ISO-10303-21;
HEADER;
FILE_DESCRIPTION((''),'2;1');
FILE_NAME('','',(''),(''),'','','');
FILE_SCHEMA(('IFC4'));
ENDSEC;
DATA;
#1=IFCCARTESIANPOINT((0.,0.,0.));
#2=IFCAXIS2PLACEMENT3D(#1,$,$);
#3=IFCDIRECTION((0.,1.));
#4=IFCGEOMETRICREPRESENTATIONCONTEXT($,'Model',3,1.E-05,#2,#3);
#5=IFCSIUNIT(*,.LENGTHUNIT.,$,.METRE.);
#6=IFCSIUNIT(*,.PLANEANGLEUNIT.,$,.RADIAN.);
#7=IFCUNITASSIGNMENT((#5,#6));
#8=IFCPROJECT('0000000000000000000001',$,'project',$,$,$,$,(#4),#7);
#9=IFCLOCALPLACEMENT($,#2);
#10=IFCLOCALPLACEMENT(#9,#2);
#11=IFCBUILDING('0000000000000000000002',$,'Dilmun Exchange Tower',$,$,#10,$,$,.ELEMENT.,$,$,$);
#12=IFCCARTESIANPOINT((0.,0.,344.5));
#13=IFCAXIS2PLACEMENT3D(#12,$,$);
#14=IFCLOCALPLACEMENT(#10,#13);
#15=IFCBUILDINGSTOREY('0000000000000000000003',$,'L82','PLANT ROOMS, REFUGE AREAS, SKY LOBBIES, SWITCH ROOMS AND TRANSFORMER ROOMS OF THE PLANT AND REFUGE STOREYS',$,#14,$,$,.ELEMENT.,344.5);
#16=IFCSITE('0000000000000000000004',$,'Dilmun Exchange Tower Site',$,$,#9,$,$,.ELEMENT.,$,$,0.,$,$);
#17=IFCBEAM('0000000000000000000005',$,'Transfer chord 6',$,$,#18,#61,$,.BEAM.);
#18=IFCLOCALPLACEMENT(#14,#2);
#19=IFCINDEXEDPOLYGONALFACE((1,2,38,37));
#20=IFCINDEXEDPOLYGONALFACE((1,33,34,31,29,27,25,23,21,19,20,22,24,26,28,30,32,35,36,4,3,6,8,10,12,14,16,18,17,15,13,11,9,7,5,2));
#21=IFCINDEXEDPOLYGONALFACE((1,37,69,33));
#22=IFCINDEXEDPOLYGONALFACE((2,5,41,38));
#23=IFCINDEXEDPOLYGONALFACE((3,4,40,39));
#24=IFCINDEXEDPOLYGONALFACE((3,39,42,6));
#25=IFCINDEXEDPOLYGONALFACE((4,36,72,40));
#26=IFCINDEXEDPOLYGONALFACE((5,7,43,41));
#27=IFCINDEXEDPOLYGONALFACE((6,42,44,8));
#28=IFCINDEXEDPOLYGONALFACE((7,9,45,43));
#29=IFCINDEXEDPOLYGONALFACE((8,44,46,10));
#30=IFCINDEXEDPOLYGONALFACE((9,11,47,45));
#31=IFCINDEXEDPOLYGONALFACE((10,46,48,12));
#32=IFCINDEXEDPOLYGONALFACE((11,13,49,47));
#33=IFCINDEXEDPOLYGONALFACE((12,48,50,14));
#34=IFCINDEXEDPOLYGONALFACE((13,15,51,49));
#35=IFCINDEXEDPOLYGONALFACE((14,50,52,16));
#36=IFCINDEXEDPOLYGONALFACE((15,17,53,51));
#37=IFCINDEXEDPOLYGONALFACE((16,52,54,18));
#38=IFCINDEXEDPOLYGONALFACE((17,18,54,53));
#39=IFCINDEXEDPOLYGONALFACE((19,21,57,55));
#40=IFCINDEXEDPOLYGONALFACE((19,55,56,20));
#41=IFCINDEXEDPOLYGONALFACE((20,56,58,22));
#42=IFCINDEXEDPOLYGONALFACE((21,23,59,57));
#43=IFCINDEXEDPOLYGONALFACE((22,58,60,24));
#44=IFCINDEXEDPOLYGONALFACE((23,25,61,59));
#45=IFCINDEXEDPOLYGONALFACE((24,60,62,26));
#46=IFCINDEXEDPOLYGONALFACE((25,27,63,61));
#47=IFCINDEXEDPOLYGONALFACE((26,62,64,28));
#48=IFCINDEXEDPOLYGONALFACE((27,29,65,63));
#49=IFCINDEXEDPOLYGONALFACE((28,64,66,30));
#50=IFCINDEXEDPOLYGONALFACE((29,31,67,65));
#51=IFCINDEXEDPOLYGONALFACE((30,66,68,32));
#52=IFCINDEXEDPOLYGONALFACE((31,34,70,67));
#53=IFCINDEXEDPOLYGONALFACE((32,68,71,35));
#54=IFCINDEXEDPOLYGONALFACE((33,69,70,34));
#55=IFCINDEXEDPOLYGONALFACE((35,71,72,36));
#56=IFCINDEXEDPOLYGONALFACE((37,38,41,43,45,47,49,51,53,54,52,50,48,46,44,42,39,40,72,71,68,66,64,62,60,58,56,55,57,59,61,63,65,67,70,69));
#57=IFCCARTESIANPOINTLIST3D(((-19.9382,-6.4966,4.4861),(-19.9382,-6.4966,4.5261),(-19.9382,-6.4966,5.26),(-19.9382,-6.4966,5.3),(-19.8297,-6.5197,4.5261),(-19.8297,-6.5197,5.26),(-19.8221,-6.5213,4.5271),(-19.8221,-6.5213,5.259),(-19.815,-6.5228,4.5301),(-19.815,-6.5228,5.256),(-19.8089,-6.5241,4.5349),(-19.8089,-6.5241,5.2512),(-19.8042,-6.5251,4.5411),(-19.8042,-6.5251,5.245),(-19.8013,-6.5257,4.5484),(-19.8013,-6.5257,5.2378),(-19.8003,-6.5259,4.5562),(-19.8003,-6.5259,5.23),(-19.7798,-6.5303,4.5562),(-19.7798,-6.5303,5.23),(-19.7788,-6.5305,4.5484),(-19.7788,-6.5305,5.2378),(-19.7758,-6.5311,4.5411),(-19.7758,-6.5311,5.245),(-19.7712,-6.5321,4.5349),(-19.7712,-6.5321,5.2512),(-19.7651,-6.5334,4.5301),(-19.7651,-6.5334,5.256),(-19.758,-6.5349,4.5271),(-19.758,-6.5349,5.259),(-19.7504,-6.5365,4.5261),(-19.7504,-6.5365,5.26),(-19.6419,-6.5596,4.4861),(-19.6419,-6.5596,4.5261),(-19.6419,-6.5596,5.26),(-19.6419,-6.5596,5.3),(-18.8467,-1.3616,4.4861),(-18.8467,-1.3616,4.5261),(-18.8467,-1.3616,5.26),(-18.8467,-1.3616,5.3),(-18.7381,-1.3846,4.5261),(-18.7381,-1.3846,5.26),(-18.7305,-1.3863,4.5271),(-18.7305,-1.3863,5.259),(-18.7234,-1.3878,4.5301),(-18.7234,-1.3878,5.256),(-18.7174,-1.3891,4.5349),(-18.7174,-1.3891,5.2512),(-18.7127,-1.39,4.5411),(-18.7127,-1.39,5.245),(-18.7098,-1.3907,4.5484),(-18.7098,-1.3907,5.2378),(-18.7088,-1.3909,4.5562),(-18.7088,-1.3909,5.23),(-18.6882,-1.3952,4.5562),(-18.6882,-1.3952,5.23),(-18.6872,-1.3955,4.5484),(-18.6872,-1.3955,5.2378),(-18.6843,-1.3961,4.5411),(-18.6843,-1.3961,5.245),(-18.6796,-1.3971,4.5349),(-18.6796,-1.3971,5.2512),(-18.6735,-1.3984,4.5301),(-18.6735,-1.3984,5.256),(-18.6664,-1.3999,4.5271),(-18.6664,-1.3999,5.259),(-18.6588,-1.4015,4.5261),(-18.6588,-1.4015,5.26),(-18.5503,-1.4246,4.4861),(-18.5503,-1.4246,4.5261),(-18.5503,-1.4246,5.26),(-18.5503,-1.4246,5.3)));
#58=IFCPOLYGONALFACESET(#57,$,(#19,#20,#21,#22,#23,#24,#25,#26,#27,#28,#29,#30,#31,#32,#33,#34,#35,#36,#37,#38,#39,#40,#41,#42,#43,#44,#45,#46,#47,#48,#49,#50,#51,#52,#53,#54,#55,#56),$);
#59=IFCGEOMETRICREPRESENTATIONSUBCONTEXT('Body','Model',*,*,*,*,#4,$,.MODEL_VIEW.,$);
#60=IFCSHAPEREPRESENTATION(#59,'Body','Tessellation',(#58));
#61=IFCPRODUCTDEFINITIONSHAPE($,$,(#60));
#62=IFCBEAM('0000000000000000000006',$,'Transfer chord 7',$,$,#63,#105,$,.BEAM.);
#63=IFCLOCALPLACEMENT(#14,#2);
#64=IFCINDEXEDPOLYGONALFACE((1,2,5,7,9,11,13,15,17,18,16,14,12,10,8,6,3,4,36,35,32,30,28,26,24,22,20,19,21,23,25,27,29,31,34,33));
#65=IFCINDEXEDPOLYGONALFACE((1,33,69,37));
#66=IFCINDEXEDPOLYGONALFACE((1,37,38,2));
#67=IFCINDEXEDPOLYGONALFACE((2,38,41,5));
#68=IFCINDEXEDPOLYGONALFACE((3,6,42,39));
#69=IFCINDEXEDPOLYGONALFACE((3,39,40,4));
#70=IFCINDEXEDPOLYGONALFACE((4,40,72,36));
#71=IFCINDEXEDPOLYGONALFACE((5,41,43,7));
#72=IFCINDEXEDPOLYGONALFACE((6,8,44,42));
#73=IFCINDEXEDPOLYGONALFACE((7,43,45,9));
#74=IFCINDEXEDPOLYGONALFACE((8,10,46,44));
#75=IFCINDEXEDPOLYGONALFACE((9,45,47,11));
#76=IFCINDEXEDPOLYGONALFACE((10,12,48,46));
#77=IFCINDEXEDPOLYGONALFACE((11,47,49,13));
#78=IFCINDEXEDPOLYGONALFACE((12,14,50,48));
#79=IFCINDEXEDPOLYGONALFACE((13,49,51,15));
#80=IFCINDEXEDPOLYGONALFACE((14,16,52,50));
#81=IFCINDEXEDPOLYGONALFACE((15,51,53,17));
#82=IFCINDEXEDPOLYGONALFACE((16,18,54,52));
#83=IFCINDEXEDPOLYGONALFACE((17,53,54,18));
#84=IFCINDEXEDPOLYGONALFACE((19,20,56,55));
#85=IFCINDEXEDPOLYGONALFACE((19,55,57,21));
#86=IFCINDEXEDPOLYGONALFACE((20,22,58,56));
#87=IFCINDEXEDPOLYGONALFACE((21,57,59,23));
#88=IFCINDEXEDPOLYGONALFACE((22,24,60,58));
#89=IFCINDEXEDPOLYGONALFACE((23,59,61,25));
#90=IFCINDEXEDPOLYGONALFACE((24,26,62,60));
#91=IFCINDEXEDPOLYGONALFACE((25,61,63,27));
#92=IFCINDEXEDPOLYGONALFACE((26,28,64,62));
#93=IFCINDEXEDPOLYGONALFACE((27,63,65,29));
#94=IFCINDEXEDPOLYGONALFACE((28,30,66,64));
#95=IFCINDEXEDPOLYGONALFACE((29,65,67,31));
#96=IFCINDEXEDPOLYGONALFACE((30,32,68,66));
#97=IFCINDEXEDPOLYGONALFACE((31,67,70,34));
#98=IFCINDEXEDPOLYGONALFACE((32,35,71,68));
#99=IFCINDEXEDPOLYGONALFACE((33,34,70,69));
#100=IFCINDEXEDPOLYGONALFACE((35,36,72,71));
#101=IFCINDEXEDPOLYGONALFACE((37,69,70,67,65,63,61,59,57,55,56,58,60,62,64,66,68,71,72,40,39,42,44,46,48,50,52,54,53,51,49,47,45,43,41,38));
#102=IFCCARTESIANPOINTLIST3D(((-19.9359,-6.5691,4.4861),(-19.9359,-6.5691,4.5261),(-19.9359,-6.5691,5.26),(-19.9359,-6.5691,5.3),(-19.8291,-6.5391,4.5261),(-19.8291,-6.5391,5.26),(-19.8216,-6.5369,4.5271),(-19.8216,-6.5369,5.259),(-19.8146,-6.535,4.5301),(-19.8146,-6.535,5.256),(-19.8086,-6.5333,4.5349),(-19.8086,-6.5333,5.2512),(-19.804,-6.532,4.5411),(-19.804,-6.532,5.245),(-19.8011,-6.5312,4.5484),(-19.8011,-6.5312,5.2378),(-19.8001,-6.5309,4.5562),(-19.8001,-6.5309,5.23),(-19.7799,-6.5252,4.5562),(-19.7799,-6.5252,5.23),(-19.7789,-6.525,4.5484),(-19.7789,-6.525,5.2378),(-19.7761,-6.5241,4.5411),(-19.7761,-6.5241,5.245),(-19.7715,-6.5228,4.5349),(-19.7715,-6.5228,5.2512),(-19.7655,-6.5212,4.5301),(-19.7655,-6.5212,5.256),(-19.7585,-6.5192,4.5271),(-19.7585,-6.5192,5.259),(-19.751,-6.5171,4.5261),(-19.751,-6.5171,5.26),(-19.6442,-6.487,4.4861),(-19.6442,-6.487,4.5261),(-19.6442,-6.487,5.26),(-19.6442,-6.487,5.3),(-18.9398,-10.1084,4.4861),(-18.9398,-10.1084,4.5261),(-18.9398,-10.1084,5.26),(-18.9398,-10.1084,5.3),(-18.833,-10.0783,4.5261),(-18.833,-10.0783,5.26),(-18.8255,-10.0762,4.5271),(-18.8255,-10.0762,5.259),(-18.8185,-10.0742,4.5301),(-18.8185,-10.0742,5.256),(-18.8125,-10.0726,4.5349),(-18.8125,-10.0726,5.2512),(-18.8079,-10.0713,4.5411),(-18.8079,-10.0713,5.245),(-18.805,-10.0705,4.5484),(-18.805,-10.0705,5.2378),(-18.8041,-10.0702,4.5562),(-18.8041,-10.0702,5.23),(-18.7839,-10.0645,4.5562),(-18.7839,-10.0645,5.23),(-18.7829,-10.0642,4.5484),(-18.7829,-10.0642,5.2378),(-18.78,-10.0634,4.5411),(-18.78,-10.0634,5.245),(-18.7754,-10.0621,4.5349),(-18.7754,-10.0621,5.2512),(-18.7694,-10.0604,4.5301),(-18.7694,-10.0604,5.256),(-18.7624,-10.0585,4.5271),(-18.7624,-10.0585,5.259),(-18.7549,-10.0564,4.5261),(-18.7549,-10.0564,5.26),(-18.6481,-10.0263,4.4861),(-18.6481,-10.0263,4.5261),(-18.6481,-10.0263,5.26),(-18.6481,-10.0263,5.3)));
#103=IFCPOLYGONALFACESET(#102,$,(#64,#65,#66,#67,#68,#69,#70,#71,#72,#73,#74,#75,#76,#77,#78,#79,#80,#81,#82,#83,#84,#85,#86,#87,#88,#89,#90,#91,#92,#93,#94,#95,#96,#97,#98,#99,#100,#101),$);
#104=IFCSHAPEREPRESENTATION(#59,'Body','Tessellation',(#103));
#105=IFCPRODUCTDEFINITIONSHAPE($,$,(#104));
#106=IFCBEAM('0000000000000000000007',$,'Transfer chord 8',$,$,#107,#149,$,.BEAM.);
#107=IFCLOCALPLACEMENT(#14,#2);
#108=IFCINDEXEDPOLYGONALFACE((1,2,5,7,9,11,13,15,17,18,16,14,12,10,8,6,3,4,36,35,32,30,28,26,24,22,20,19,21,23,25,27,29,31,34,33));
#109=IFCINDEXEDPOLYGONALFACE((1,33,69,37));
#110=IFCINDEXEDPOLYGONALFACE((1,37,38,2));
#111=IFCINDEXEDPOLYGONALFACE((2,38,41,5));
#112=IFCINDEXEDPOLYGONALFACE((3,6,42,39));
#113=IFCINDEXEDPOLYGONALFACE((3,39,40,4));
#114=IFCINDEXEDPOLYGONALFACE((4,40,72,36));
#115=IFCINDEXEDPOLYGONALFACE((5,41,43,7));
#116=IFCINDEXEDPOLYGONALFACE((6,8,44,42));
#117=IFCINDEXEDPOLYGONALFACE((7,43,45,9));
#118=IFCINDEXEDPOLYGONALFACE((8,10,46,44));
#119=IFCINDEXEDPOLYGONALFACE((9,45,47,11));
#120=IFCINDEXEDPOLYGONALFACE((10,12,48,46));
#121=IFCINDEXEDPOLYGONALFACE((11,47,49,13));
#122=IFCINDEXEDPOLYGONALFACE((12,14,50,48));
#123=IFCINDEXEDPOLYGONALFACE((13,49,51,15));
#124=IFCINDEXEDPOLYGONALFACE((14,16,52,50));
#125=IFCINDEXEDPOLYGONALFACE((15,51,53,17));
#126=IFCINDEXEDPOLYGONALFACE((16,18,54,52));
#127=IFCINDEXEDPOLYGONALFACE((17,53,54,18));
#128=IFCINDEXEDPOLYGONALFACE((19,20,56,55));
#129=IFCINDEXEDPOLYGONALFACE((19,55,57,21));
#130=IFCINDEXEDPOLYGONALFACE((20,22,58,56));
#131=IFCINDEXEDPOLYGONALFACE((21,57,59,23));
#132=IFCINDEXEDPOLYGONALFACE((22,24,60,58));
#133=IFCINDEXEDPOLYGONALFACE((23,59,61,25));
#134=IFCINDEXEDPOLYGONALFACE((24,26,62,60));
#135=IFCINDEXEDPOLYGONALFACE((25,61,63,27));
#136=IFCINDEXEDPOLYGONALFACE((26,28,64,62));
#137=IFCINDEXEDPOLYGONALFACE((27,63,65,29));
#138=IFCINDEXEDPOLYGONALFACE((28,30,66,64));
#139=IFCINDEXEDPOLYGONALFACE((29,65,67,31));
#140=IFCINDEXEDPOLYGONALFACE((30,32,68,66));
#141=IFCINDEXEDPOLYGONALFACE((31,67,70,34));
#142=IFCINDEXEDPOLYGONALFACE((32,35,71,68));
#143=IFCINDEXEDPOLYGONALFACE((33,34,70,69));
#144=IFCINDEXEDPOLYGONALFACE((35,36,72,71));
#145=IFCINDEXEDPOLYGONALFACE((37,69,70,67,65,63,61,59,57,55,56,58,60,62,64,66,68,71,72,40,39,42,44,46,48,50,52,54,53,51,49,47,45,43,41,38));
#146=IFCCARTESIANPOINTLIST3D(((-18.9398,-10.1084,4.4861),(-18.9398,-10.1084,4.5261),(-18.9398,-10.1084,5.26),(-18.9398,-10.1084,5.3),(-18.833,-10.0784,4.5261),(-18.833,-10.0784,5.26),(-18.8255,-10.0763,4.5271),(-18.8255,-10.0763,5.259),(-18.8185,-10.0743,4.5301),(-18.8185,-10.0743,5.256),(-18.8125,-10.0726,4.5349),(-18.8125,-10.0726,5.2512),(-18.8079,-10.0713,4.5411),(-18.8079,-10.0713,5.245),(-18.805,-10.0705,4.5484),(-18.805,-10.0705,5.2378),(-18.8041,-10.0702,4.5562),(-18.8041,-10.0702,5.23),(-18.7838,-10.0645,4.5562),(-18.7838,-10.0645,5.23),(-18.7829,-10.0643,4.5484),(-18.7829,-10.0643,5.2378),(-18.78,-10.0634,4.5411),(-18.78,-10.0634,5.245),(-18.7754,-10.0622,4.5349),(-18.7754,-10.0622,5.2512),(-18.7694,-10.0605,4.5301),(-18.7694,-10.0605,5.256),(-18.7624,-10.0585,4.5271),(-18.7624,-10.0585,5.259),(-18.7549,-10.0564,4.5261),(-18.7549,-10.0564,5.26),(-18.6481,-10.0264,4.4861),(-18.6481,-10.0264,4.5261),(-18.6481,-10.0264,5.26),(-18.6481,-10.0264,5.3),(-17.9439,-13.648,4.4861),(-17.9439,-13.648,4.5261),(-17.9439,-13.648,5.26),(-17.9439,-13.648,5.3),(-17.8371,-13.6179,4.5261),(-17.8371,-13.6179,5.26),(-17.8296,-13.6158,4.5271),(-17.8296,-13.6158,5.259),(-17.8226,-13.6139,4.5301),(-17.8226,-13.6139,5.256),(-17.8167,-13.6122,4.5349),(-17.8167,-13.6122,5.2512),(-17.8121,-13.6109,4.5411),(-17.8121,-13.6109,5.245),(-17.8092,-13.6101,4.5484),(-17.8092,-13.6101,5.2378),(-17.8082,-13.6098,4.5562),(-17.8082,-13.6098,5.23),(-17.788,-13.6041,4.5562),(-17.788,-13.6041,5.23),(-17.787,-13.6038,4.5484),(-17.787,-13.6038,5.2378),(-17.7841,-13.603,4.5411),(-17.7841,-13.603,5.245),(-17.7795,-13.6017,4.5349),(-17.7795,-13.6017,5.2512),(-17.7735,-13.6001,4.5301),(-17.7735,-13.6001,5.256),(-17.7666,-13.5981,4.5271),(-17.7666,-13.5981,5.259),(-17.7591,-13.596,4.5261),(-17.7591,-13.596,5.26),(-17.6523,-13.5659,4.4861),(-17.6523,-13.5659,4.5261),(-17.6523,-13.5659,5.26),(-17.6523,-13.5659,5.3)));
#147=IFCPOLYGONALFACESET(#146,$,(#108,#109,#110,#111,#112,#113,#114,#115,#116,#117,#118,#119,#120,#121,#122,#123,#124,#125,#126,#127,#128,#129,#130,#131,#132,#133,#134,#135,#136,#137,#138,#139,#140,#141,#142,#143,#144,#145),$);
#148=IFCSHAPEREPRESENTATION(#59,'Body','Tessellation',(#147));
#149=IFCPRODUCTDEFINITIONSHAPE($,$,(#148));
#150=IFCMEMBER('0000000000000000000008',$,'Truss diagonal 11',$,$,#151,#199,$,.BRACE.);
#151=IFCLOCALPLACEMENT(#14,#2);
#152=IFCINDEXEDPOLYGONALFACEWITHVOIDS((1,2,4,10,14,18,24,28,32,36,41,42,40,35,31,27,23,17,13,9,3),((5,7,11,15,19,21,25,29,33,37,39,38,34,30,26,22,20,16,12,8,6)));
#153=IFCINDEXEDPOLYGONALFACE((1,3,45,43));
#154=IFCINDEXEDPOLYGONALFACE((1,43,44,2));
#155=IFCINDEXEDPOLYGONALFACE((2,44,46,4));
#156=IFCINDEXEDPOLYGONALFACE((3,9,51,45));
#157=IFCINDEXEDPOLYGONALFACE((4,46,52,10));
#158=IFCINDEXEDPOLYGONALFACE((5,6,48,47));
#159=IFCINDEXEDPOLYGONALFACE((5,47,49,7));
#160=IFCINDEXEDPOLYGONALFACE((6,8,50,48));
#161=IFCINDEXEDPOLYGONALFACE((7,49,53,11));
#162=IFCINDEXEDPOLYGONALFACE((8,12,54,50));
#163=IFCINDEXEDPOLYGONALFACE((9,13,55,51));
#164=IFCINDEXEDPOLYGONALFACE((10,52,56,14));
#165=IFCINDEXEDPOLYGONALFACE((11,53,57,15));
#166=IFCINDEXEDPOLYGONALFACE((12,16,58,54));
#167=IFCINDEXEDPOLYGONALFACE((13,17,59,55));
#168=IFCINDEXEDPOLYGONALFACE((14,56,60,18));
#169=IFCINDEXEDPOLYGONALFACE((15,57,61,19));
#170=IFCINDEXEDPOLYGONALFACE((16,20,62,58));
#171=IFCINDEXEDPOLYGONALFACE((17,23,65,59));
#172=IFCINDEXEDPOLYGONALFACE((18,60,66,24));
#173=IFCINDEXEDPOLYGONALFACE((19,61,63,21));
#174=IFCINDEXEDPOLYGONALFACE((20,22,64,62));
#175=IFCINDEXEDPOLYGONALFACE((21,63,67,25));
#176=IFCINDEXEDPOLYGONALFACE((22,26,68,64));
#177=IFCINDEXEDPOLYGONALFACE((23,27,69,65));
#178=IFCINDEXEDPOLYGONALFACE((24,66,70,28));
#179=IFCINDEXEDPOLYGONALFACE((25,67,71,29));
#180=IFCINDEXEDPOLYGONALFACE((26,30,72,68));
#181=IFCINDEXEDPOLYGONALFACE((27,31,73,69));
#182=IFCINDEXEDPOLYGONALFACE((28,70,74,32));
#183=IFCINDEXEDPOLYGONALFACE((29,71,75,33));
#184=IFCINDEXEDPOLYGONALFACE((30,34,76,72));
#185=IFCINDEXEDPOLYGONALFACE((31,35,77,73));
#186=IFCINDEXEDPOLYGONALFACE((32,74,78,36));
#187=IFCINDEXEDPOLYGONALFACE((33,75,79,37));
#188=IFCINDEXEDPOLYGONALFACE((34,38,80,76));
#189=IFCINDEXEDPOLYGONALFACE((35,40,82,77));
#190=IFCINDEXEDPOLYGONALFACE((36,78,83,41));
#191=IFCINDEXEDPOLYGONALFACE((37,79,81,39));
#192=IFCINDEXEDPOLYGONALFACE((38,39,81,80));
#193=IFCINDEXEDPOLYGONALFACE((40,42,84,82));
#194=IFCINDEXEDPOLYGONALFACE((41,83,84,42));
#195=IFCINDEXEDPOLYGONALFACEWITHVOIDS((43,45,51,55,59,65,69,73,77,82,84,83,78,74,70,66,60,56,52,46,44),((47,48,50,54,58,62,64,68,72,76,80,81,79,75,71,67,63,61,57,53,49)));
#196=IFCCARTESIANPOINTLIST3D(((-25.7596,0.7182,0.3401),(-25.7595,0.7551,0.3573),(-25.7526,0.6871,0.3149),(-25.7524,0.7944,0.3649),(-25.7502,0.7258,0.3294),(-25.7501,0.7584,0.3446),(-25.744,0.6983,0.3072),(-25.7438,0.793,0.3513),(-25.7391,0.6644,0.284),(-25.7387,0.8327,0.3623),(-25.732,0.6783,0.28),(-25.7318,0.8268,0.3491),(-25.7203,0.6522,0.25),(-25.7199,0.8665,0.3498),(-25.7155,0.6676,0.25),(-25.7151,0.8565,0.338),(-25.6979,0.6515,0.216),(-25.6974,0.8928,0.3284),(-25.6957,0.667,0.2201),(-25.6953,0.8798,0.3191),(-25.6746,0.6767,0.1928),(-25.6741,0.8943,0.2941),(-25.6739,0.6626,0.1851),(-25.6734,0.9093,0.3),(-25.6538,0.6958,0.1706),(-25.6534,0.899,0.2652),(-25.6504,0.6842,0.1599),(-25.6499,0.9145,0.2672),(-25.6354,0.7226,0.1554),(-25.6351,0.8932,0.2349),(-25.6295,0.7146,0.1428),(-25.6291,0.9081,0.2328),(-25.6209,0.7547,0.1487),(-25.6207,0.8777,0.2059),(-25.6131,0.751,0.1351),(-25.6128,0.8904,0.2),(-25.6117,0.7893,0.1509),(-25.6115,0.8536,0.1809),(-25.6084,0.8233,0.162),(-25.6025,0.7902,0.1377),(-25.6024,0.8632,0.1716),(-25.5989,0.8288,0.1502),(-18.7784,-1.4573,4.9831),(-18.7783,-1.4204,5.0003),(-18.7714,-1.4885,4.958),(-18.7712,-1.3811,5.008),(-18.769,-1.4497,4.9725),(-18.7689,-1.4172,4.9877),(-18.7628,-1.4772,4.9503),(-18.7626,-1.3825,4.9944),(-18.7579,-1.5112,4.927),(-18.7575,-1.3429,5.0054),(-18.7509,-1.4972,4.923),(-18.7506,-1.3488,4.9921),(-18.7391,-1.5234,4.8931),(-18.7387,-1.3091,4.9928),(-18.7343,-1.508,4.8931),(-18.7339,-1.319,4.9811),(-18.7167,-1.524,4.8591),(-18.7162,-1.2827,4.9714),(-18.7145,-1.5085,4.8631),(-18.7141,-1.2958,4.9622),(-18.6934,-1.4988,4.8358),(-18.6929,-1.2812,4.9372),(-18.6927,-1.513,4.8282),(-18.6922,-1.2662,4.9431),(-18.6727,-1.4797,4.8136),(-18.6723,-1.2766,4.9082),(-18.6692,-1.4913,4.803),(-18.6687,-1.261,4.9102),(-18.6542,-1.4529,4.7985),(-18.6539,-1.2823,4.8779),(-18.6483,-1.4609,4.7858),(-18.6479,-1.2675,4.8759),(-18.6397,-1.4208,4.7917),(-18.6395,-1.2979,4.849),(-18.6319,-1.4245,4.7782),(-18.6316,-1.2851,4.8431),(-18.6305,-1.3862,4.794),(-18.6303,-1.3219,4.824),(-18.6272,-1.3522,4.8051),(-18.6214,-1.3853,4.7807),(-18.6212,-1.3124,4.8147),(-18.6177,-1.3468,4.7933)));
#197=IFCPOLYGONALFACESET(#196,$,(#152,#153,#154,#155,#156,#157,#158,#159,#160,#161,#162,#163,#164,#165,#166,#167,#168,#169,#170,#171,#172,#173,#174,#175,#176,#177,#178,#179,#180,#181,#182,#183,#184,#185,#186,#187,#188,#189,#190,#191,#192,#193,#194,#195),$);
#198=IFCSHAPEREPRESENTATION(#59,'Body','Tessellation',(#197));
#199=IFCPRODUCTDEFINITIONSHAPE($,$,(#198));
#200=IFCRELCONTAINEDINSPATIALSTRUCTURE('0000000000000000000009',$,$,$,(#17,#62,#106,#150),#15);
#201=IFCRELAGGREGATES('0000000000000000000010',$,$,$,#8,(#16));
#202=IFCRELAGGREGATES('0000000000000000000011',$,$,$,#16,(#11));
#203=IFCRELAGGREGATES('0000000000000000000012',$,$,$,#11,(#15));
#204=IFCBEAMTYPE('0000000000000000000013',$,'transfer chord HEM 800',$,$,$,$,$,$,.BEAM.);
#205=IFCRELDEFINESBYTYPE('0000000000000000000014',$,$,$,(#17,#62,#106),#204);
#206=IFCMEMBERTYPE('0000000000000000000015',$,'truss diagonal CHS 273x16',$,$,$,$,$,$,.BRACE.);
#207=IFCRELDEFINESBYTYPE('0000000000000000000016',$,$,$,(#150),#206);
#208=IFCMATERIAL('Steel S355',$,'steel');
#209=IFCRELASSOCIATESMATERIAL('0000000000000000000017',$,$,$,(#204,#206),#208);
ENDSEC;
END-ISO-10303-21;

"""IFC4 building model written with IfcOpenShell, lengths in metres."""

from ifc_helpers import new_model, si_unit, direction, frame, origin, origin_2d, place, context, subcontext, project, spatial, hollow_circle, i_section, extrude, material, material_profile, profile_set, type_object, element, save


model = new_model("IFC4")

# Units and contexts
model_context = context("Model", 3, precision=1e-05, world=origin(), true_north=direction((0.0, 1.0)))
body_context = subcontext(model_context, "Body", "Model", "MODEL_VIEW")
ifc_project = project(units=[si_unit("LENGTHUNIT", "METRE"), si_unit("PLANEANGLEUNIT", "RADIAN")], contexts=[model_context])

# Site, building, storey
site_placement = place(None, origin())
site = spatial("IfcSite", under=ifc_project, at=site_placement, Name="Dilmun Exchange Tower Site", CompositionType="ELEMENT", RefElevation=0.0)
building_placement = place(site_placement, origin())
building = spatial("IfcBuilding", under=site, at=building_placement, Name="Dilmun Exchange Tower", CompositionType="ELEMENT")
storey_placement = place(building_placement, frame((0.0, 0.0, 344.5)))
storey = spatial("IfcBuildingStorey", under=building, at=storey_placement, Name="L82", Description="PLANT ROOMS, REFUGE AREAS, SKY LOBBIES, SWITCH ROOMS AND TRANSFORMER ROOMS OF THE PLANT AND REFUGE STOREYS", CompositionType="ELEMENT", Elevation=344.5)

# Shared definitions
ifc_material_1 = material(Name="Steel S355", Category="steel")

# Beams
ifc_material_profile_1 = material_profile(ifc_material_1, i_section(OverallWidth=0.303, OverallDepth=0.814, WebThickness=0.021, FlangeThickness=0.04, FilletRadius=0.03, at=origin_2d()), Name="HEM 800")
ifc_profile_set_1 = profile_set([ifc_material_profile_1], Name="Steel S355")
beam_type_1 = type_object("IfcBeamType", Name="transfer chord HEM 800", PredefinedType="BEAM", material=ifc_profile_set_1)
beam_1_placement = place(storey_placement, frame((-18.6985, -1.3931, 4.8931), z_axis=(-0.207925, -0.978145, 0.0), x_axis=(0.978145, -0.207925, 0.0)))
element("IfcBeam", 1, at=beam_1_placement, inside=storey, type_object=beam_type_1, Name="Transfer chord 6", PredefinedType="BEAM", context=body_context, shape_type="SweptSolid", body=[
    extrude(i_section(OverallWidth=0.303, OverallDepth=0.814, WebThickness=0.021, FlangeThickness=0.04, FilletRadius=0.03, at=origin_2d()), origin(), (0.0, 0.0, 1.0), 5.2498),
])
beam_2_placement = place(storey_placement, frame((-19.79, -6.5281, 4.8931), z_axis=(0.270913, -0.962604, 0.0), x_axis=(0.962604, 0.270913, 0.0)))
element("IfcBeam", 2, at=beam_2_placement, inside=storey, type_object=beam_type_1, Name="Transfer chord 7", PredefinedType="BEAM", context=body_context, shape_type="SweptSolid", body=[
    extrude(i_section(OverallWidth=0.303, OverallDepth=0.814, WebThickness=0.021, FlangeThickness=0.04, FilletRadius=0.03, at=origin_2d()), origin(), (0.0, 0.0, 1.0), 3.6768),
])
beam_3_placement = place(storey_placement, frame((-18.7939, -10.0674, 4.8931), z_axis=(0.270834, -0.962626, 0.0), x_axis=(0.962626, 0.270834, 0.0)))
element("IfcBeam", 3, at=beam_3_placement, inside=storey, type_object=beam_type_1, Name="Transfer chord 8", PredefinedType="BEAM", context=body_context, shape_type="SweptSolid", body=[
    extrude(i_section(OverallWidth=0.303, OverallDepth=0.814, WebThickness=0.021, FlangeThickness=0.04, FilletRadius=0.03, at=origin_2d()), origin(), (0.0, 0.0, 1.0), 3.677),
])

# Member
ifc_material_profile_2 = material_profile(ifc_material_1, hollow_circle(Radius=0.1365, WallThickness=0.0161, at=origin_2d()), Name="CHS 273x16")
ifc_profile_set_2 = profile_set([ifc_material_profile_2], Name="Steel S355")
member_type_1 = type_object("IfcMemberType", Name="truss diagonal CHS 273x16", PredefinedType="BRACE", material=ifc_profile_set_2)
member_1_placement = place(storey_placement, frame((-18.6985, -1.3931, 4.8931), z_axis=(-0.805968, 0.251162, -0.536034), x_axis=(-0.297516, -0.954717, 0.0)))
element("IfcMember", 4, at=member_1_placement, inside=storey, type_object=member_type_1, Name="Truss diagonal 11", PredefinedType="BRACE", context=body_context, shape_type="SweptSolid", body=[
    extrude(hollow_circle(Radius=0.1365, WallThickness=0.0161, at=origin_2d()), origin(), (0.0, 0.0, 1.0), 8.6619),
])

save(model, "model.ifc")
